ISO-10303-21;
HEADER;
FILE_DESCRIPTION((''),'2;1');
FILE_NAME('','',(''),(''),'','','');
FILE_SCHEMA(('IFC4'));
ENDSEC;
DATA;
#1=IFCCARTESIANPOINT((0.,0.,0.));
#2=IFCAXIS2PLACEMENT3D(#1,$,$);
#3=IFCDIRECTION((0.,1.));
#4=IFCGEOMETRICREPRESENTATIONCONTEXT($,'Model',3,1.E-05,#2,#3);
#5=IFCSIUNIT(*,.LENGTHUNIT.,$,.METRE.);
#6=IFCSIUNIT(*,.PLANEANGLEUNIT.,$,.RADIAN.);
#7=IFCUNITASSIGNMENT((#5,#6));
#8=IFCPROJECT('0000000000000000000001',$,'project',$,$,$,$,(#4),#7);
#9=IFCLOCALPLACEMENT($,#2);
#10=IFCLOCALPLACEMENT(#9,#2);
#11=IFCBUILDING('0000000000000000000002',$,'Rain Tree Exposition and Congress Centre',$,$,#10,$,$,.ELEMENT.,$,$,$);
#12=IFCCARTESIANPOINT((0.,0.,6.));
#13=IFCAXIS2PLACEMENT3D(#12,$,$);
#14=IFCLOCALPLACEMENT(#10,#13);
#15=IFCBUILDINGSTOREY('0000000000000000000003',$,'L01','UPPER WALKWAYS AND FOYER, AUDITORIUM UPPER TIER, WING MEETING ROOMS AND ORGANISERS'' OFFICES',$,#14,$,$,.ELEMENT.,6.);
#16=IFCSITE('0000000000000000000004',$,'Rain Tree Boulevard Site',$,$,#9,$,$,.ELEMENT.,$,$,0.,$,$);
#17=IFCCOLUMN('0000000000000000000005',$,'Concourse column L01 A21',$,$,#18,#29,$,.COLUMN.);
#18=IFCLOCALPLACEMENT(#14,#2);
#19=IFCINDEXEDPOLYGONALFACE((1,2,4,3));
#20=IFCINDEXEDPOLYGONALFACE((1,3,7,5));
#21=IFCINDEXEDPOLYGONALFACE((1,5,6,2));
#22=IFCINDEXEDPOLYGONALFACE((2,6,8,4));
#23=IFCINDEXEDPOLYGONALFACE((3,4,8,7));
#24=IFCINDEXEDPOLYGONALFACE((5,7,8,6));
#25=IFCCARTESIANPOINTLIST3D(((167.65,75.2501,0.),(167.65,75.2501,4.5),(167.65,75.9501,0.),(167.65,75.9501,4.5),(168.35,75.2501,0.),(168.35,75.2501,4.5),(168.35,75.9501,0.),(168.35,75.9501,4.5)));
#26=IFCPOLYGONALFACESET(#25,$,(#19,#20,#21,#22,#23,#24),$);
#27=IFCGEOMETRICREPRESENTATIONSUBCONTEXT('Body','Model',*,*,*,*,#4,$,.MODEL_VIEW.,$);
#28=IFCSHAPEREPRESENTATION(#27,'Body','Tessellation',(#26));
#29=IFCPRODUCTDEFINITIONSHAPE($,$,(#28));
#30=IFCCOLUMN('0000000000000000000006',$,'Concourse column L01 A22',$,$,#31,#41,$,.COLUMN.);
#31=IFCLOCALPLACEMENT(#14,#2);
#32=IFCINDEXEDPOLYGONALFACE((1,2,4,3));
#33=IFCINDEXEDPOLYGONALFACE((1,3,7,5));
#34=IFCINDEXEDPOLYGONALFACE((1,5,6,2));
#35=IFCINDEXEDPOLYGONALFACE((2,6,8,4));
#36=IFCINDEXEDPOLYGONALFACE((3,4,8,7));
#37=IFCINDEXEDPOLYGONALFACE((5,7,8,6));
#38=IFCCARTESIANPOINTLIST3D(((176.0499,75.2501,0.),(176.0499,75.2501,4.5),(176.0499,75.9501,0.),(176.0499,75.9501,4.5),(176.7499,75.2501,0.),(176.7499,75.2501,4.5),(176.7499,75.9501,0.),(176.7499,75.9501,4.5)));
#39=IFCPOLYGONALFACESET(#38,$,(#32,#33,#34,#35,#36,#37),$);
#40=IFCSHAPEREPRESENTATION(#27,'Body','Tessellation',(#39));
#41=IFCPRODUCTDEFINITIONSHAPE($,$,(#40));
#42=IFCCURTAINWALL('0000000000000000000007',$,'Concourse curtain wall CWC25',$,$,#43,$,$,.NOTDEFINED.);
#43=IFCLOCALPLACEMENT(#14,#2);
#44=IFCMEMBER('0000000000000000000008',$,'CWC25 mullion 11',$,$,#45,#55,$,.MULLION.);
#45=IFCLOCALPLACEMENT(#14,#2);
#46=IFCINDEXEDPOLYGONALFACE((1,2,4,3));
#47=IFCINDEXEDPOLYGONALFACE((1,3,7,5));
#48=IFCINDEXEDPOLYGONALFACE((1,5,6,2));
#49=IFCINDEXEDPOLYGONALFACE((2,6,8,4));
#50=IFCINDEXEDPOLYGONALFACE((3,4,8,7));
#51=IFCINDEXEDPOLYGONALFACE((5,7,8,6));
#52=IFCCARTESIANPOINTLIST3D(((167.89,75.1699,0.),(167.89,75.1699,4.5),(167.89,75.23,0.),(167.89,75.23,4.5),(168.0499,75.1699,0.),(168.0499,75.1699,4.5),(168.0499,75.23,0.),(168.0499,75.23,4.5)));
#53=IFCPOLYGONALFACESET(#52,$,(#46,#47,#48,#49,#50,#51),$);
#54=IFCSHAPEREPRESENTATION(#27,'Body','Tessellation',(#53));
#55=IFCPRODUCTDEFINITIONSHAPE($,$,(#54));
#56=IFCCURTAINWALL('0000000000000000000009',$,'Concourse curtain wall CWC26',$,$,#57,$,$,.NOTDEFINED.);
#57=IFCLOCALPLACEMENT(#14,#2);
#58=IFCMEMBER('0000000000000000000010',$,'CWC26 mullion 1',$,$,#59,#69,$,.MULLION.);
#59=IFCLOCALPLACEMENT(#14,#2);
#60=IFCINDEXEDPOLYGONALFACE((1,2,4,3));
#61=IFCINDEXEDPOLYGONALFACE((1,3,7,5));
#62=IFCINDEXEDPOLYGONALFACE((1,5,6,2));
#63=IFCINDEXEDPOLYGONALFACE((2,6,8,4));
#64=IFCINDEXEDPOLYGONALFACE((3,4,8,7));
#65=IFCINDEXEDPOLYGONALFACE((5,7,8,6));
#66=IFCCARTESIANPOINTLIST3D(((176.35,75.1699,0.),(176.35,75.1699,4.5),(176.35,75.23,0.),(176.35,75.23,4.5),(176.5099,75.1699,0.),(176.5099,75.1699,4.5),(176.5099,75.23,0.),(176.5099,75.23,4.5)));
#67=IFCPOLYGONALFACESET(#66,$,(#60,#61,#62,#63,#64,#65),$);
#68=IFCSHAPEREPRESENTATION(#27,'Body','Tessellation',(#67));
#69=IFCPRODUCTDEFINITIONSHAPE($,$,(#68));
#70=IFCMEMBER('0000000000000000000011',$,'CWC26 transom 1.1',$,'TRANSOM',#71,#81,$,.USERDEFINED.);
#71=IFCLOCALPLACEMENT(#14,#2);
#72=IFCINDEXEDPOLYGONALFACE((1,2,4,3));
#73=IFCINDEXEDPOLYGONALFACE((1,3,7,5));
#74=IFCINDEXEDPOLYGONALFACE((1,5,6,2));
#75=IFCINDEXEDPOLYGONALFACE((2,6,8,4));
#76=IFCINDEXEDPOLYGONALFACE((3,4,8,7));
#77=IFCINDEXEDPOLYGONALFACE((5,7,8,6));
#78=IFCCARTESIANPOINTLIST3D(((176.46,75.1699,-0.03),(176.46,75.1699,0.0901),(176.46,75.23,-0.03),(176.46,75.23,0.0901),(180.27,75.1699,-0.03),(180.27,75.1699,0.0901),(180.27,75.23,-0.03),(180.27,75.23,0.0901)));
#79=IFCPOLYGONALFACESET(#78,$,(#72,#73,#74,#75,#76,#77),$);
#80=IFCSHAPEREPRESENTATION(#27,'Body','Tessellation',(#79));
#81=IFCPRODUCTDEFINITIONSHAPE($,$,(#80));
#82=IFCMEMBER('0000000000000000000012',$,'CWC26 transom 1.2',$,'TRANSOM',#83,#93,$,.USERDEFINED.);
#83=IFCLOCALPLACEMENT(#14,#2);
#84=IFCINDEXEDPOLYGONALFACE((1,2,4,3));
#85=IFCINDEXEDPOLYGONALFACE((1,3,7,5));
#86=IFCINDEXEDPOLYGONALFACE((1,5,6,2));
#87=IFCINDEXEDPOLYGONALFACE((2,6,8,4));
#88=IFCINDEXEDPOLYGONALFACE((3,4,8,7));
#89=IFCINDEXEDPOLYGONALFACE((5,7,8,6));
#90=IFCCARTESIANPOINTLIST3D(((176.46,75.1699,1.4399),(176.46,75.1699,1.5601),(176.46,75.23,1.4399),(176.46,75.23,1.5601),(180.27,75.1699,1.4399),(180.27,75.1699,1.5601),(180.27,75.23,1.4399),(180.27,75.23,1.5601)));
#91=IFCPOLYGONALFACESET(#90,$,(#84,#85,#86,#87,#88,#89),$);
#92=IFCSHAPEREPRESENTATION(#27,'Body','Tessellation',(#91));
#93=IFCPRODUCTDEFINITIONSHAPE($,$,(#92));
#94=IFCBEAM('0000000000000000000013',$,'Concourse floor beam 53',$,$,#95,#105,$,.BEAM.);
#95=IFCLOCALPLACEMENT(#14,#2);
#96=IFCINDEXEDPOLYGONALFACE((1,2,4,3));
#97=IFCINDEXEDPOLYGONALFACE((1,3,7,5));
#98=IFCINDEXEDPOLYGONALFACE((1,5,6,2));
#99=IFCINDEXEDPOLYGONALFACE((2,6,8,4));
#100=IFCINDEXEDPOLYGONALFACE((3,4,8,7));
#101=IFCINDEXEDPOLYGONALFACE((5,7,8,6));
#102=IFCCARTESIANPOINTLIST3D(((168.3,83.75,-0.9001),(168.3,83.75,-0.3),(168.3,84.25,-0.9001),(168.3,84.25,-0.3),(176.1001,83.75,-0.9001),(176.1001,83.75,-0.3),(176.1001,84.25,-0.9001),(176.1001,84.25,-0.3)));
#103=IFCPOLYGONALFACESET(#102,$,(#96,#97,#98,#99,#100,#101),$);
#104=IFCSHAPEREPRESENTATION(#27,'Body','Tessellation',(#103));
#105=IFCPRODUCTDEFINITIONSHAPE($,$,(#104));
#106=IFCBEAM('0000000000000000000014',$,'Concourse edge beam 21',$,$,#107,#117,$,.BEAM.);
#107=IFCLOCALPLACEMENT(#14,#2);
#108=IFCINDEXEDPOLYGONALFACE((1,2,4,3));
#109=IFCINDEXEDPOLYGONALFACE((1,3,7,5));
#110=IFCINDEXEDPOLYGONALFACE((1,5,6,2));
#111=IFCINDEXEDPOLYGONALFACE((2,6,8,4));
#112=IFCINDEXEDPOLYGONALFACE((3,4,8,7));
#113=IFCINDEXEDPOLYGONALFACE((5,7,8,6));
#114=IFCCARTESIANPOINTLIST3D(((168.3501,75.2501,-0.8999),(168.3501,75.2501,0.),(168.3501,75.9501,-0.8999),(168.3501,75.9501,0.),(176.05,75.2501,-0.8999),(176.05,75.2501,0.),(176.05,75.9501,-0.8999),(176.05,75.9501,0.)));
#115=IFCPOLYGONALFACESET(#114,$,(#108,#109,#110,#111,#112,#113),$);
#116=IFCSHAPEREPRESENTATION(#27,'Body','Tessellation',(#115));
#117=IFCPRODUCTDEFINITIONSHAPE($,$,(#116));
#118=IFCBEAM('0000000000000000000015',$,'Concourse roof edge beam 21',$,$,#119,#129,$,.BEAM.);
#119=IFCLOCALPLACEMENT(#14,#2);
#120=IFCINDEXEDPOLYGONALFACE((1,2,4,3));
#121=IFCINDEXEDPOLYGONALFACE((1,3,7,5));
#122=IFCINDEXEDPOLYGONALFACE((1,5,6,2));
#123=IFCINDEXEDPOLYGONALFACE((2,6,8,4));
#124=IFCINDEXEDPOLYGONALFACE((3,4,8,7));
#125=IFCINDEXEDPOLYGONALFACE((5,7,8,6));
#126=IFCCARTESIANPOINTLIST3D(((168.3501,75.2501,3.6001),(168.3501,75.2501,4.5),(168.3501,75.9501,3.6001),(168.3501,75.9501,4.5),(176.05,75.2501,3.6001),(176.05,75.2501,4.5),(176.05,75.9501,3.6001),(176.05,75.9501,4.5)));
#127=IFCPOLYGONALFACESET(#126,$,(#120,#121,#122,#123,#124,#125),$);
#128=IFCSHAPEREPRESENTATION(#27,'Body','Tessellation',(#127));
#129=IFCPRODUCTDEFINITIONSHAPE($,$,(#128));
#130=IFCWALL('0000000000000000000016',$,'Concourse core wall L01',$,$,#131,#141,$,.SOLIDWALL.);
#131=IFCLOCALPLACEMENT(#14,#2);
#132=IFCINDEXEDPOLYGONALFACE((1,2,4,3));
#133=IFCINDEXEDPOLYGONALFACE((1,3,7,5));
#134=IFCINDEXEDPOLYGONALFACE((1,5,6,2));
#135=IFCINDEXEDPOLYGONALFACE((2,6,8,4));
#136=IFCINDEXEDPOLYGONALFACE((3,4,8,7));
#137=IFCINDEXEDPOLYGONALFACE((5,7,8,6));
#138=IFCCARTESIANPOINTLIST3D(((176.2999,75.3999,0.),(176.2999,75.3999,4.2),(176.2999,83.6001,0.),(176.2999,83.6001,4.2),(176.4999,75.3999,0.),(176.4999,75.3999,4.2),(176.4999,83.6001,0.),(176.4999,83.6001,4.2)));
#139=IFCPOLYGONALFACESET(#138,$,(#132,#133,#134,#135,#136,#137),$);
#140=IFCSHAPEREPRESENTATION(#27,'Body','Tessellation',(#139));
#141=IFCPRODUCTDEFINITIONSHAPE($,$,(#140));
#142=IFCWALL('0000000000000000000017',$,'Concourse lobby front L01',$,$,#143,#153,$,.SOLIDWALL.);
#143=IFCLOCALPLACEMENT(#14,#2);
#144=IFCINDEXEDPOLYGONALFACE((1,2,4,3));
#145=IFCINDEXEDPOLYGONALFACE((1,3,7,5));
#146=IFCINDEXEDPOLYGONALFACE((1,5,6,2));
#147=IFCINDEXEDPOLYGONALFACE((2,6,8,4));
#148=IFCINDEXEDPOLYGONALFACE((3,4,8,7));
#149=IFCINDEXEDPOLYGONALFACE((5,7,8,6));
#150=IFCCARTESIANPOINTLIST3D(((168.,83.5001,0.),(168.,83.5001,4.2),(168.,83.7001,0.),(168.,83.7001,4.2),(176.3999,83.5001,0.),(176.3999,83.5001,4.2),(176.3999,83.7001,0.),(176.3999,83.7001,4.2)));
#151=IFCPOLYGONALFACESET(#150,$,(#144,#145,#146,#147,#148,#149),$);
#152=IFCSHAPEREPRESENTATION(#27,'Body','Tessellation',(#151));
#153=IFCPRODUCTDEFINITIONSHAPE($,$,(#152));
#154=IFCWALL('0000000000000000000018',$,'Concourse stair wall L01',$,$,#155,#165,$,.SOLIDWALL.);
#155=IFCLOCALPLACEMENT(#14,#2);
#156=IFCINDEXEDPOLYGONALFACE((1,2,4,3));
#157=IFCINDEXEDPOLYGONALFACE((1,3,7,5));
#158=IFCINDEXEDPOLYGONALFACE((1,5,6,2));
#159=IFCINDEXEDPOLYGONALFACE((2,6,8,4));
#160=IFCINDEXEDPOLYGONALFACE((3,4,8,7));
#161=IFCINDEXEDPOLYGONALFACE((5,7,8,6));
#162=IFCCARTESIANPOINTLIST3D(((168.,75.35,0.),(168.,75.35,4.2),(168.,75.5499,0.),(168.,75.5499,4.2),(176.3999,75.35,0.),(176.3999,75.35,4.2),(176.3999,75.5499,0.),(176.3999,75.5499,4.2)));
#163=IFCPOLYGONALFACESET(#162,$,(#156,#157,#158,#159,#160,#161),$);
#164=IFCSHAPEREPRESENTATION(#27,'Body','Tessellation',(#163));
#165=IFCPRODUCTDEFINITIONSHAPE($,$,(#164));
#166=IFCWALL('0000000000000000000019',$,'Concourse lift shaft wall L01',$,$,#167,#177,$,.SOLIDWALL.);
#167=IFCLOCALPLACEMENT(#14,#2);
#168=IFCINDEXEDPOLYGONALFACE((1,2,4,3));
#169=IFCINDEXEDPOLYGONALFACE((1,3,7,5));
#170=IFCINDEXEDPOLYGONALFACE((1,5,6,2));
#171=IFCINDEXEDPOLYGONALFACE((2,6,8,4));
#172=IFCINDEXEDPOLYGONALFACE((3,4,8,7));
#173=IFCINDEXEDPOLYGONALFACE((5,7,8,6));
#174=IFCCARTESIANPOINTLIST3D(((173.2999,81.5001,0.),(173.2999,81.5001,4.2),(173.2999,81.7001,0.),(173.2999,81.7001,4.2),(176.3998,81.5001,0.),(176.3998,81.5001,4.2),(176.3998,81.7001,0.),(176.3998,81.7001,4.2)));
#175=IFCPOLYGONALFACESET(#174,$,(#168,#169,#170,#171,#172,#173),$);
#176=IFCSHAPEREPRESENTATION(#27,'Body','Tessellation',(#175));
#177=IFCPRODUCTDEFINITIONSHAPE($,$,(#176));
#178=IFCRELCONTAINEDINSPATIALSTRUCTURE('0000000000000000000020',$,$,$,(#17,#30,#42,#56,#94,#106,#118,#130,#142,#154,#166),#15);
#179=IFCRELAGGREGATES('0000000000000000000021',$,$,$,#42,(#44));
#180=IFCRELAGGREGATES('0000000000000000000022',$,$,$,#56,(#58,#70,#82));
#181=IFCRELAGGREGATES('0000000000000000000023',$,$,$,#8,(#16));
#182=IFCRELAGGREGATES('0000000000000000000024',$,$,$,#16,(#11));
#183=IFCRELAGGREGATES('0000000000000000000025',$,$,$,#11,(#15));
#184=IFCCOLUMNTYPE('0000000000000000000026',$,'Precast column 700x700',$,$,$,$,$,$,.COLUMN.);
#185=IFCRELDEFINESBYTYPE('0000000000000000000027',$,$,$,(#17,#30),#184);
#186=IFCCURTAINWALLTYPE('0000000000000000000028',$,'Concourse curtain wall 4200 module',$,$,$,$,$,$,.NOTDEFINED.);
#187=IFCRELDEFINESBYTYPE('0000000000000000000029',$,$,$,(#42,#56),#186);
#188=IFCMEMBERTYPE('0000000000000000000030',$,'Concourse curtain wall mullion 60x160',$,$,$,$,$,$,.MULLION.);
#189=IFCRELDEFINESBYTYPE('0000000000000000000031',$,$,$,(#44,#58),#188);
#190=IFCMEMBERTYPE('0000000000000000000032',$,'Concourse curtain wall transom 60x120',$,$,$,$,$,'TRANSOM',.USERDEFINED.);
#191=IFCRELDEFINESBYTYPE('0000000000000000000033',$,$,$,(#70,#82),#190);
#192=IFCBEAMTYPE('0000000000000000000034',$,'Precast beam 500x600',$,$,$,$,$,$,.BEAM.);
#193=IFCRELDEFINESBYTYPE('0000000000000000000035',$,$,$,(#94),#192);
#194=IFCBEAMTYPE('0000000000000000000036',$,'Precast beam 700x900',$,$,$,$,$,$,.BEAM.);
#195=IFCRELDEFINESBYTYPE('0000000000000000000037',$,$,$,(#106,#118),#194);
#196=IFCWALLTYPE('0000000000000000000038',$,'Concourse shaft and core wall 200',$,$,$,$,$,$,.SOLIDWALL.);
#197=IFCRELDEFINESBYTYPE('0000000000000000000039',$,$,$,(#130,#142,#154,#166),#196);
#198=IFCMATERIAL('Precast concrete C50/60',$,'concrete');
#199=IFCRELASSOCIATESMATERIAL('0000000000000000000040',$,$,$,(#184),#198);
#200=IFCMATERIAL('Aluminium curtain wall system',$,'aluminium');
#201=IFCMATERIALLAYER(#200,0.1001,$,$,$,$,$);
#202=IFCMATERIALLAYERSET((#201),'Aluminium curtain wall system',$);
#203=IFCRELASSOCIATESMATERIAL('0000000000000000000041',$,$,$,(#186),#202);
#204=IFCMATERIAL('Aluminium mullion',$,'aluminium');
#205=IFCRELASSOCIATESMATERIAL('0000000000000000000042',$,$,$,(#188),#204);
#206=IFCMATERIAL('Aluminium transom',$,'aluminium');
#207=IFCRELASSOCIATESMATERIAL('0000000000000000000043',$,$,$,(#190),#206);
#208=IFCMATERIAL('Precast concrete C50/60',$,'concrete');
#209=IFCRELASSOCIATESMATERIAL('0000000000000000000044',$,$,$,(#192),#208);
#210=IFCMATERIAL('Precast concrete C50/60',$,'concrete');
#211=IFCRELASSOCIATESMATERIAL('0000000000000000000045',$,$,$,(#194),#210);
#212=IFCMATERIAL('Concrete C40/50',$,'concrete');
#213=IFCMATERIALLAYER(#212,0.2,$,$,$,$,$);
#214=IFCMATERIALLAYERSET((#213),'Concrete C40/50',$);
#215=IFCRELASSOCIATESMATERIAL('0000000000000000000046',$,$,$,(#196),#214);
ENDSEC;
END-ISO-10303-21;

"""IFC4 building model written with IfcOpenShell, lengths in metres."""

from ifc_helpers import new_model, si_unit, direction, frame, frame_2d, origin, origin_2d, place, context, subcontext, project, spatial, rectangle, extrude, material, layer, layer_set, material_profile, profile_set, type_object, element, aggregate, save


model = new_model("IFC4")

# Units and contexts
model_context = context("Model", 3, precision=1e-05, world=origin(), true_north=direction((0.0, 1.0)))
body_context = subcontext(model_context, "Body", "Model", "MODEL_VIEW")
ifc_project = project(units=[si_unit("LENGTHUNIT", "METRE"), si_unit("PLANEANGLEUNIT", "RADIAN")], contexts=[model_context])

# Site, building, storey
site_placement = place(None, origin())
site = spatial("IfcSite", under=ifc_project, at=site_placement, Name="Rain Tree Boulevard Site", CompositionType="ELEMENT", RefElevation=0.0)
building_placement = place(site_placement, origin())
building = spatial("IfcBuilding", under=site, at=building_placement, Name="Rain Tree Exposition and Congress Centre", CompositionType="ELEMENT")
storey_placement = place(building_placement, frame((0.0, 0.0, 6.0)))
storey = spatial("IfcBuildingStorey", under=building, at=storey_placement, Name="L01", Description="UPPER WALKWAYS AND FOYER, AUDITORIUM UPPER TIER, WING MEETING ROOMS AND ORGANISERS' OFFICES", CompositionType="ELEMENT", Elevation=6.0)

# Columns
ifc_material_1 = material(Name="Precast concrete C50/60", Category="concrete")
ifc_material_profile_1 = material_profile(ifc_material_1, rectangle(XDim=0.7, YDim=0.7, at=origin_2d()), Name="RC 700x700")
ifc_profile_set_1 = profile_set([ifc_material_profile_1], Name="Precast concrete C50/60")
column_type = type_object("IfcColumnType", Name="Precast column 700x700", PredefinedType="COLUMN", material=ifc_profile_set_1)
for number, where, z_axis, x_axis, name in (
    (1, (168.0, 75.6001, 0.0), (0.0, 0.0, 1.0), (1.0, 0.0, 0.0), "Concourse column L01 A21"),
    (2, (176.3999, 75.6001, 0.0), (0.0, 0.0, 1.0), (1.0, 0.0, 0.0), "Concourse column L01 A22"),
):
    element("IfcColumn", number, at=place(storey_placement, frame(where, z_axis=z_axis, x_axis=x_axis)), inside=storey, type_object=column_type, Name=name, PredefinedType="COLUMN", context=body_context, shape_type="SweptSolid", body=[
        extrude(rectangle(XDim=0.7, YDim=0.7, at=origin_2d()), origin(), (0.0, 0.0, 1.0), 4.5),
    ])

# Curtain wall, member
ifc_material_2 = material(Name="Aluminium curtain wall system", Category="aluminium")
ifc_layer_1 = layer(ifc_material_2, 0.1001)
ifc_layer_set_1 = layer_set([ifc_layer_1], Name="Aluminium curtain wall system")
curtain_wall_type = type_object("IfcCurtainWallType", Name="Concourse curtain wall 4200 module", PredefinedType="NOTDEFINED", material=ifc_layer_set_1)
curtain_wall_1_placement = place(storey_placement, origin())
curtain_wall_1 = element("IfcCurtainWall", 3, at=curtain_wall_1_placement, inside=storey, type_object=curtain_wall_type, Name="Concourse curtain wall CWC25", PredefinedType="NOTDEFINED")
ifc_material_3 = material(Name="Aluminium mullion", Category="aluminium")
ifc_material_profile_2 = material_profile(ifc_material_3, rectangle(XDim=0.0601, YDim=0.1599, at=origin_2d()), Name="AL 60x160")
ifc_profile_set_2 = profile_set([ifc_material_profile_2], Name="Aluminium mullion")
member_type_1 = type_object("IfcMemberType", Name="Concourse curtain wall mullion 60x160", PredefinedType="MULLION", material=ifc_profile_set_2)
member_1_placement = place(storey_placement, frame((167.97, 75.2, 0.0), z_axis=(0.0, 0.0, 1.0), x_axis=(0.0, 1.0, 0.0)))
member_1 = element("IfcMember", 4, at=member_1_placement, type_object=member_type_1, Name="CWC25 mullion 11", PredefinedType="MULLION", context=body_context, shape_type="SweptSolid", body=[
    extrude(rectangle(XDim=0.0601, YDim=0.1599, at=origin_2d()), origin(), (0.0, 0.0, 1.0), 4.5),
])
aggregate(curtain_wall_1, [member_1])

# Curtain wall, members
curtain_wall_2_placement = place(storey_placement, origin())
curtain_wall_2 = element("IfcCurtainWall", 5, at=curtain_wall_2_placement, inside=storey, type_object=curtain_wall_type, Name="Concourse curtain wall CWC26", PredefinedType="NOTDEFINED")
member_2_placement = place(storey_placement, frame((176.4299, 75.2, 0.0), z_axis=(0.0, 0.0, 1.0), x_axis=(0.0, 1.0, 0.0)))
member_2 = element("IfcMember", 6, at=member_2_placement, type_object=member_type_1, Name="CWC26 mullion 1", PredefinedType="MULLION", context=body_context, shape_type="SweptSolid", body=[
    extrude(rectangle(XDim=0.0601, YDim=0.1599, at=origin_2d()), origin(), (0.0, 0.0, 1.0), 4.5),
])
ifc_material_4 = material(Name="Aluminium transom", Category="aluminium")
ifc_material_profile_3 = material_profile(ifc_material_4, rectangle(XDim=0.0601, YDim=0.1201, at=origin_2d()), Name="AL 60x120")
ifc_profile_set_3 = profile_set([ifc_material_profile_3], Name="Aluminium transom")
member_type_2 = type_object("IfcMemberType", Name="Concourse curtain wall transom 60x120", ElementType="TRANSOM", PredefinedType="USERDEFINED", material=ifc_profile_set_3)
member_3_placement = place(storey_placement, frame((176.46, 75.2, 0.03), z_axis=(1.0, 0.0, 0.0), x_axis=(0.0, 1.0, 0.0)))
member_3 = element("IfcMember", 7, at=member_3_placement, type_object=member_type_2, Name="CWC26 transom 1.1", ObjectType="TRANSOM", PredefinedType="USERDEFINED", context=body_context, shape_type="SweptSolid", body=[
    extrude(rectangle(XDim=0.0601, YDim=0.1201, at=origin_2d()), origin(), (0.0, 0.0, 1.0), 3.8101),
])
member_4_placement = place(storey_placement, frame((176.46, 75.2, 1.5), z_axis=(1.0, 0.0, 0.0), x_axis=(0.0, 1.0, 0.0)))
member_4 = element("IfcMember", 8, at=member_4_placement, type_object=member_type_2, Name="CWC26 transom 1.2", ObjectType="TRANSOM", PredefinedType="USERDEFINED", context=body_context, shape_type="SweptSolid", body=[
    extrude(rectangle(XDim=0.0601, YDim=0.1201, at=origin_2d()), origin(), (0.0, 0.0, 1.0), 3.8101),
])
aggregate(curtain_wall_2, [member_2, member_3, member_4])

# Beams
ifc_material_5 = material(Name="Precast concrete C50/60", Category="concrete")
ifc_material_profile_4 = material_profile(ifc_material_5, rectangle(XDim=0.5, YDim=0.6001, at=origin_2d()), Name="RC 500x600")
ifc_profile_set_4 = profile_set([ifc_material_profile_4], Name="Precast concrete C50/60")
beam_type_1 = type_object("IfcBeamType", Name="Precast beam 500x600", PredefinedType="BEAM", material=ifc_profile_set_4)
beam_placement = place(storey_placement, frame((168.3, 84.0, -0.6001), z_axis=(1.0, 0.0, 0.0), x_axis=(0.0, 1.0, 0.0)))
element("IfcBeam", 9, at=beam_placement, inside=storey, type_object=beam_type_1, Name="Concourse floor beam 53", PredefinedType="BEAM", context=body_context, shape_type="SweptSolid", body=[
    extrude(rectangle(XDim=0.5, YDim=0.6001, at=origin_2d()), origin(), (0.0, 0.0, 1.0), 7.8),
])
ifc_material_6 = material(Name="Precast concrete C50/60", Category="concrete")
ifc_material_profile_5 = material_profile(ifc_material_6, rectangle(XDim=0.7, YDim=0.8999, at=origin_2d()), Name="RC 700x900")
ifc_profile_set_5 = profile_set([ifc_material_profile_5], Name="Precast concrete C50/60")
beam_type_2 = type_object("IfcBeamType", Name="Precast beam 700x900", PredefinedType="BEAM", material=ifc_profile_set_5)
for number, where, z_axis, x_axis, name in (
    (10, (168.3501, 75.6001, -0.45), (1.0, 0.0, 0.0), (0.0, 1.0, 0.0), "Concourse edge beam 21"),
    (11, (168.3501, 75.6001, 4.05), (1.0, 0.0, 0.0), (0.0, 1.0, 0.0), "Concourse roof edge beam 21"),
):
    element("IfcBeam", number, at=place(storey_placement, frame(where, z_axis=z_axis, x_axis=x_axis)), inside=storey, type_object=beam_type_2, Name=name, PredefinedType="BEAM", context=body_context, shape_type="SweptSolid", body=[
        extrude(rectangle(XDim=0.7, YDim=0.8999, at=origin_2d()), origin(), (0.0, 0.0, 1.0), 7.7),
    ])

# Shared definitions
ifc_material_7 = material(Name="Concrete C40/50", Category="concrete")
ifc_layer_2 = layer(ifc_material_7, 0.2)
ifc_layer_set_2 = layer_set([ifc_layer_2], Name="Concrete C40/50")
wall_type_1 = type_object("IfcWallType", Name="Concourse shaft and core wall 200", PredefinedType="SOLIDWALL", material=ifc_layer_set_2)

# Walls
wall_1_placement = place(storey_placement, frame((176.3999, 75.3999, 0.0), z_axis=(0.0, 0.0, 1.0), x_axis=(0.0, 1.0, 0.0)))
element("IfcWall", 12, at=wall_1_placement, inside=storey, type_object=wall_type_1, Name="Concourse core wall L01", PredefinedType="SOLIDWALL", context=body_context, shape_type="SweptSolid", body=[
    extrude(rectangle(XDim=8.2002, YDim=0.2, at=frame_2d((4.1001, 0.0))), origin(), (0.0, 0.0, 1.0), 4.2),
])
for number, where, z_axis, x_axis, name in (
    (13, (168.0, 83.6001, 0.0), (0.0, 0.0, 1.0), (1.0, 0.0, 0.0), "Concourse lobby front L01"),
    (14, (168.0, 75.45, 0.0), (0.0, 0.0, 1.0), (1.0, 0.0, 0.0), "Concourse stair wall L01"),
):
    element("IfcWall", number, at=place(storey_placement, frame(where, z_axis=z_axis, x_axis=x_axis)), inside=storey, type_object=wall_type_1, Name=name, PredefinedType="SOLIDWALL", context=body_context, shape_type="SweptSolid", body=[
        extrude(rectangle(XDim=8.3999, YDim=0.2, at=frame_2d((4.2, 0.0))), origin(), (0.0, 0.0, 1.0), 4.2),
    ])

# Wall
wall_2_placement = place(storey_placement, frame((173.3, 81.6001, 0.0), z_axis=(0.0, 0.0, 1.0), x_axis=(1.0, 0.0, 0.0)))
element("IfcWall", 15, at=wall_2_placement, inside=storey, type_object=wall_type_1, Name="Concourse lift shaft wall L01", PredefinedType="SOLIDWALL", context=body_context, shape_type="SweptSolid", body=[
    extrude(rectangle(XDim=3.0999, YDim=0.2, at=frame_2d((1.5498, 0.0))), origin(), (0.0, 0.0, 1.0), 4.2),
])

save(model, "model.ifc")
